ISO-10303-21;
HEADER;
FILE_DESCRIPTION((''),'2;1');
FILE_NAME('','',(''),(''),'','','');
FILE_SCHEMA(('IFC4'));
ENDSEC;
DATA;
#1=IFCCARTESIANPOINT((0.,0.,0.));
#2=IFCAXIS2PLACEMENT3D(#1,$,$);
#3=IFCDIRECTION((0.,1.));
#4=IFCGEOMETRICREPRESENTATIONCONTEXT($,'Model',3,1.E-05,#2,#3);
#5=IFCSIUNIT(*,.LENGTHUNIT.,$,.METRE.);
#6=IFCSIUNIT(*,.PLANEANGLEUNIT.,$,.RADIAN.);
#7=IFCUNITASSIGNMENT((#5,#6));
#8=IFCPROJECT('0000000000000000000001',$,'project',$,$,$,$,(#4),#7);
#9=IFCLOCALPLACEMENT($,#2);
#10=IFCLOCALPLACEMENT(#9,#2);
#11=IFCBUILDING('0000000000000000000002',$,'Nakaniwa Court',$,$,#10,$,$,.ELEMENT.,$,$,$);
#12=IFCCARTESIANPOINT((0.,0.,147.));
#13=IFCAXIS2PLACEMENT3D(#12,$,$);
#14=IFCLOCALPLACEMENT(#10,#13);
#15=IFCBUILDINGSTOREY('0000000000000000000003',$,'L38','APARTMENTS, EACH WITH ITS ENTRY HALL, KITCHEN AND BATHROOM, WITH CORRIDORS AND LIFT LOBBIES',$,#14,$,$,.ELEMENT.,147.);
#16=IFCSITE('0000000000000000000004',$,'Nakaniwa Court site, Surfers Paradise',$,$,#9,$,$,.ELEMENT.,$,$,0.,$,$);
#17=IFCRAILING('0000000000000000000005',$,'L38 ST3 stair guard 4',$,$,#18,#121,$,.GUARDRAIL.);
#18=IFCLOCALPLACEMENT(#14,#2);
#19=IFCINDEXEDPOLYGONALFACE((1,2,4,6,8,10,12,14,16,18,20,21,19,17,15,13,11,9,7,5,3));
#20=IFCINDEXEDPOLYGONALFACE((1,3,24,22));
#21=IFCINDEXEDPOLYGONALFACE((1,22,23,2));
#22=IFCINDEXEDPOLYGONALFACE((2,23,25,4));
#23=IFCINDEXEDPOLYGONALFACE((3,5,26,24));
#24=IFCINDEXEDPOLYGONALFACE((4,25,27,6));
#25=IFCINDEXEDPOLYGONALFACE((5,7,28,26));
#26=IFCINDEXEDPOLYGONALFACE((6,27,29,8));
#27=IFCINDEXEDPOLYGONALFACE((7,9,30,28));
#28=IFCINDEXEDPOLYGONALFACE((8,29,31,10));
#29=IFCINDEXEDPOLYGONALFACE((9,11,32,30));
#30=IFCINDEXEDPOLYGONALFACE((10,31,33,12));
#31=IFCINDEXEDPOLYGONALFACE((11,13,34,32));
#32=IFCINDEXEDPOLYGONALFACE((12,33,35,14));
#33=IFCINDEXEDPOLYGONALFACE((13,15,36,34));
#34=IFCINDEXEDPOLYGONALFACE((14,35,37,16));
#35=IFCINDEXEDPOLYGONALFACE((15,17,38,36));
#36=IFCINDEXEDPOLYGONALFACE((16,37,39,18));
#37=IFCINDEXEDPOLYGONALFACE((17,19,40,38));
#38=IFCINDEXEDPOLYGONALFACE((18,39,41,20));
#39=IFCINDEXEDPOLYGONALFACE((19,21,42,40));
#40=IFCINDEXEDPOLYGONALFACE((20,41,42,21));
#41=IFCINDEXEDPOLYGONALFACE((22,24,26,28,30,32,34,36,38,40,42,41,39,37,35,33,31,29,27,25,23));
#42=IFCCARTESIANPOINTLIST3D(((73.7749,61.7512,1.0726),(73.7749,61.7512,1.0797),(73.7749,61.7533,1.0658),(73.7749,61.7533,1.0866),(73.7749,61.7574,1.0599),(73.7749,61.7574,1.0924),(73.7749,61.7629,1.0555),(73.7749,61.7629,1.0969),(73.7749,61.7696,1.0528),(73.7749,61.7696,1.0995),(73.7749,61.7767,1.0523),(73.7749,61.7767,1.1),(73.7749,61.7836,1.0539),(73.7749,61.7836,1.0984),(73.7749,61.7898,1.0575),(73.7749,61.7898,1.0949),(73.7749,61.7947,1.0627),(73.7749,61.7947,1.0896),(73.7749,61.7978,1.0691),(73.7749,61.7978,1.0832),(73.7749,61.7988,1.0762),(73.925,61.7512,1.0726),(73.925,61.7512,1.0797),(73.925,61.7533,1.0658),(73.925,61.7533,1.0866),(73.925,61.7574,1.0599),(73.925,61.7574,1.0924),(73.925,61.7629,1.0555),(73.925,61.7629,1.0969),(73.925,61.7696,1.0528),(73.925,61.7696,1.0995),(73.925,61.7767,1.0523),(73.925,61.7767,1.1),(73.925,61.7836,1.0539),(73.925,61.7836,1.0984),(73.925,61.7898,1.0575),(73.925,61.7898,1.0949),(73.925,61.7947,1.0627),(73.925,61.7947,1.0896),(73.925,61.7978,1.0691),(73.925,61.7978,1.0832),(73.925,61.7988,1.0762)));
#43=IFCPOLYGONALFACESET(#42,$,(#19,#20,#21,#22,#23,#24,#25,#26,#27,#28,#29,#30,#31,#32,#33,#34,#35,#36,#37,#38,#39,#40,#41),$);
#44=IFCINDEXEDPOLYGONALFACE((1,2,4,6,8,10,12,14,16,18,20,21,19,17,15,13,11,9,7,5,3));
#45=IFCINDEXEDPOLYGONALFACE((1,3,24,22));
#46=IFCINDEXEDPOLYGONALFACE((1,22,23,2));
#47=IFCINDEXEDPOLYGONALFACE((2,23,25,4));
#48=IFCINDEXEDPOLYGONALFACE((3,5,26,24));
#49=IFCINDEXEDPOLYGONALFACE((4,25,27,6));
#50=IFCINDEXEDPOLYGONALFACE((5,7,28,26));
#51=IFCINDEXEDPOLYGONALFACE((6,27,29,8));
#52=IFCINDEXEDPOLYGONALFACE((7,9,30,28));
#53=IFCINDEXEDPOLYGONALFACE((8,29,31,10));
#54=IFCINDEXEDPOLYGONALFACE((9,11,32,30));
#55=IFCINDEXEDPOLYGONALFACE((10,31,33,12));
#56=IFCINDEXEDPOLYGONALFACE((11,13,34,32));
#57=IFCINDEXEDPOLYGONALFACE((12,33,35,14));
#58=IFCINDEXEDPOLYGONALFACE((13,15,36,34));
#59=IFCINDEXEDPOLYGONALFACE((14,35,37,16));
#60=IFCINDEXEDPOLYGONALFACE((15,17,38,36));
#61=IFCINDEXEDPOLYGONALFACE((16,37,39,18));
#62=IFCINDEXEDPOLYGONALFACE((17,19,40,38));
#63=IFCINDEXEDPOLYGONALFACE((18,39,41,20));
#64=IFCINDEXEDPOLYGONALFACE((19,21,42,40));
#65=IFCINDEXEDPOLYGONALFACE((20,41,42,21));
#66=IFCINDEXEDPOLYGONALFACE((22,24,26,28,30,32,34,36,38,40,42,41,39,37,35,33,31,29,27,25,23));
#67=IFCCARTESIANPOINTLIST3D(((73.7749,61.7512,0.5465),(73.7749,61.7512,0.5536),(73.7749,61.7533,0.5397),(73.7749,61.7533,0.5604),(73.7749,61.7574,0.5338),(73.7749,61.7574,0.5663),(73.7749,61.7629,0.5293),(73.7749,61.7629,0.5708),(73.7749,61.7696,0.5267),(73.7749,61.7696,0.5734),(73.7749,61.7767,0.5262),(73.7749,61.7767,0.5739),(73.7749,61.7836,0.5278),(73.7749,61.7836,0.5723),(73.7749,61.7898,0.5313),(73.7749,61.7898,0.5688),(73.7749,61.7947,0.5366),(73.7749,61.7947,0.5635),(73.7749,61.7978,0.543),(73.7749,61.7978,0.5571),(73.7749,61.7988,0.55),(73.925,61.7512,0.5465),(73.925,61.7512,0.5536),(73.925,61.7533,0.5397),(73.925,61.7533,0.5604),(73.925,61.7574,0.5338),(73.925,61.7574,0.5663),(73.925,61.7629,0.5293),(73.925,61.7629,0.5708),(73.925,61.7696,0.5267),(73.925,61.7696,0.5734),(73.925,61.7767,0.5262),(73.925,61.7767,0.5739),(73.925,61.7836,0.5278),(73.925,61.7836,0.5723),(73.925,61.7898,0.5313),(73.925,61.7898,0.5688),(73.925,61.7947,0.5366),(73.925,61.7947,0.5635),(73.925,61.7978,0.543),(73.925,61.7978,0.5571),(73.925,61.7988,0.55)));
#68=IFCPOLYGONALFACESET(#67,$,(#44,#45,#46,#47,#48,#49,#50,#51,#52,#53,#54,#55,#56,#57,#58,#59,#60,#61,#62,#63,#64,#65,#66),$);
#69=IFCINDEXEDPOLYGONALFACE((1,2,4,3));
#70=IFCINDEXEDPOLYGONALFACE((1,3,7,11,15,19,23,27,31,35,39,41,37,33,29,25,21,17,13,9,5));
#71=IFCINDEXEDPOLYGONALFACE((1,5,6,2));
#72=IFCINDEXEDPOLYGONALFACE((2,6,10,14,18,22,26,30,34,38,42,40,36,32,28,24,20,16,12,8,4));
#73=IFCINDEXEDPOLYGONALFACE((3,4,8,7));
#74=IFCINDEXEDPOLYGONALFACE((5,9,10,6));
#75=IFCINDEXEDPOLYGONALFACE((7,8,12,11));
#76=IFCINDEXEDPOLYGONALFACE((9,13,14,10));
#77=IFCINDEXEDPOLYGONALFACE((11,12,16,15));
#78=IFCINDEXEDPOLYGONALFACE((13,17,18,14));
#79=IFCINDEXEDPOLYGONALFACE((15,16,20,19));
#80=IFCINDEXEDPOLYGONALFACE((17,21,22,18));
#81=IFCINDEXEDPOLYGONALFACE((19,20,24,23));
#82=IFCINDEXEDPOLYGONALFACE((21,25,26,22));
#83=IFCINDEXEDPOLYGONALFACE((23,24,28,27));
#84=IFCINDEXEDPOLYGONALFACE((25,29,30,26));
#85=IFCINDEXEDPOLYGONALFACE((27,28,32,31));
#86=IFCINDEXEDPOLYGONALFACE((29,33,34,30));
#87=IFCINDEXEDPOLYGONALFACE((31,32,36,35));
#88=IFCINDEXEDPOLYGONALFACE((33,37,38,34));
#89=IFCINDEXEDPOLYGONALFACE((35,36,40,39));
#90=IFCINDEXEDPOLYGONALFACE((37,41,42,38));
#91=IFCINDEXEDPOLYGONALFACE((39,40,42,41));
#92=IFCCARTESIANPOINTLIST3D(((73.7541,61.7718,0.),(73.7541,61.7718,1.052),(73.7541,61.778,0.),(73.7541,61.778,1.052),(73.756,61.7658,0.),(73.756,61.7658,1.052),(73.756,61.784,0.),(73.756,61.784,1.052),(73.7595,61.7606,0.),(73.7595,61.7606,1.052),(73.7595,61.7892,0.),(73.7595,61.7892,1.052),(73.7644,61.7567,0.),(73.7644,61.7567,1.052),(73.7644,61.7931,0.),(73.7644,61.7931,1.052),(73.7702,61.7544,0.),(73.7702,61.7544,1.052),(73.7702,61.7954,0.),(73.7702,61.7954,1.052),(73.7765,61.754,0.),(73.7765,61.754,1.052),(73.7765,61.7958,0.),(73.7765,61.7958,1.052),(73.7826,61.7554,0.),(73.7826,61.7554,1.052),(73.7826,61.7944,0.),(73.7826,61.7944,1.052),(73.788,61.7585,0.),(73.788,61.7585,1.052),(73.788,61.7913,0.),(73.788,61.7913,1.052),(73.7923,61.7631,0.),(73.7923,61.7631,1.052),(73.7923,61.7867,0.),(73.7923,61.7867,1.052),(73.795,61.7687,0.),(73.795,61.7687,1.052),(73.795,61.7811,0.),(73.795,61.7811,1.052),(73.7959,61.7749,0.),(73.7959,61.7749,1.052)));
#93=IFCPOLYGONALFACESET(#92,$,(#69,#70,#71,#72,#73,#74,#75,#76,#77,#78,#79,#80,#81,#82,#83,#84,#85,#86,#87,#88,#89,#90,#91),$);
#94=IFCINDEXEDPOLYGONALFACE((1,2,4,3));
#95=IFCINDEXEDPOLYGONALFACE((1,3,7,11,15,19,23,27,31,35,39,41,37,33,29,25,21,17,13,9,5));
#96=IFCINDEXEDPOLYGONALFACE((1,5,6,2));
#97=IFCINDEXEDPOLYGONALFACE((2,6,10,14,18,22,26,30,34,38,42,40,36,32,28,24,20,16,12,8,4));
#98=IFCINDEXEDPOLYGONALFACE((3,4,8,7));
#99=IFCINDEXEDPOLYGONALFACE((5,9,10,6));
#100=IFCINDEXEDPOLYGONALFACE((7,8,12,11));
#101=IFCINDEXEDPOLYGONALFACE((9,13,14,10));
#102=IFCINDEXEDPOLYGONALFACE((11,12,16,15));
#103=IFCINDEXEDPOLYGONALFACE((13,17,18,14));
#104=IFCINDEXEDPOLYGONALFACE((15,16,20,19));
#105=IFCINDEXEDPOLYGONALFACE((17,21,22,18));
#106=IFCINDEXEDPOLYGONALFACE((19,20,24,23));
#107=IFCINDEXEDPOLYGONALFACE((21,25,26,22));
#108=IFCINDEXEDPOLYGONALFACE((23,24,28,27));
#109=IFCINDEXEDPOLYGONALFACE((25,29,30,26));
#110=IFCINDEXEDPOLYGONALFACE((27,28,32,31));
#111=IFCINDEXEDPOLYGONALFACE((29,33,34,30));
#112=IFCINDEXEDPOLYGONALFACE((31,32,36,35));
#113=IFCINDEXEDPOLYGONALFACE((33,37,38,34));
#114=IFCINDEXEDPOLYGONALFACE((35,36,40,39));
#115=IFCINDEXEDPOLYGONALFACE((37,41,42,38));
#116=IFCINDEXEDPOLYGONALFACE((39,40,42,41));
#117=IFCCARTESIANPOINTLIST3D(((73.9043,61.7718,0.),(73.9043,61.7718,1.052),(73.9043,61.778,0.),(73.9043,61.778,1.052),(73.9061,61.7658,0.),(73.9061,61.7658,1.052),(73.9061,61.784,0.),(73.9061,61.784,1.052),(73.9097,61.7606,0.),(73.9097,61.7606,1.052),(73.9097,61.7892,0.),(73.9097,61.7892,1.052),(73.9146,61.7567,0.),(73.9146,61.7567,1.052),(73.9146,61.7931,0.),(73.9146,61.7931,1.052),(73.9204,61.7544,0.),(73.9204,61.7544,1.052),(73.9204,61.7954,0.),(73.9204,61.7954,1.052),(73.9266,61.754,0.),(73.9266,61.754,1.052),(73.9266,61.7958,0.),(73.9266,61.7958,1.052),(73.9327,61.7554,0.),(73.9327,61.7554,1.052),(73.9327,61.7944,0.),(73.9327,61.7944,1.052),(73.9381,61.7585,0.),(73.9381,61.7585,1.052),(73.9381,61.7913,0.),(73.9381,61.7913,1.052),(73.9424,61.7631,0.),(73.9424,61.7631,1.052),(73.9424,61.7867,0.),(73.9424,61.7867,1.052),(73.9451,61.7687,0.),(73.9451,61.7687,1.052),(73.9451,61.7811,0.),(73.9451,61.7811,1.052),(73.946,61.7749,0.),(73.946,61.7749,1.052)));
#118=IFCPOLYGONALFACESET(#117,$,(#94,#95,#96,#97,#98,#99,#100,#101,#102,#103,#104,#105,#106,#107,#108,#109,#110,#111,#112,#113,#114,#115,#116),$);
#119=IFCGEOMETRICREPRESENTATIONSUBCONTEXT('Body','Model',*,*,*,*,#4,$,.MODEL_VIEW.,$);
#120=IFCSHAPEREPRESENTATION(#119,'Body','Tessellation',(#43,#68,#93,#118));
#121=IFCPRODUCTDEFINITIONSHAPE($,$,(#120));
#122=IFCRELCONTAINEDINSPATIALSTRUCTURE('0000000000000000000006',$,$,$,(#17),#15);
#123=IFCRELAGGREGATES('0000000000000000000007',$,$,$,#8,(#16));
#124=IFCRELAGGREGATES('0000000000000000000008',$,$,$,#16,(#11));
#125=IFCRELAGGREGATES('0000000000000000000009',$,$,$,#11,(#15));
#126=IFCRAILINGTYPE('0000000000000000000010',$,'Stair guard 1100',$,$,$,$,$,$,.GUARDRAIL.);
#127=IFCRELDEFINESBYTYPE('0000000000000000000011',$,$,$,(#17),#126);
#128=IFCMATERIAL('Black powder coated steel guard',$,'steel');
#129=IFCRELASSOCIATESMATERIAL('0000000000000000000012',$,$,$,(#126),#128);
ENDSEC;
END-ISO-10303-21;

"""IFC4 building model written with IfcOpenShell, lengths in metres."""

from ifc_helpers import new_model, si_unit, direction, frame, origin, origin_2d, place, context, subcontext, project, spatial, circle, extrude, material, type_object, element, save


model = new_model("IFC4")

# Units and contexts
model_context = context("Model", 3, precision=1e-05, world=origin(), true_north=direction((0.0, 1.0)))
body_context = subcontext(model_context, "Body", "Model", "MODEL_VIEW")
ifc_project = project(units=[si_unit("LENGTHUNIT", "METRE"), si_unit("PLANEANGLEUNIT", "RADIAN")], contexts=[model_context])

# Site, building, storey
site_placement = place(None, origin())
site = spatial("IfcSite", under=ifc_project, at=site_placement, Name="Nakaniwa Court site, Surfers Paradise", CompositionType="ELEMENT", RefElevation=0.0)
building_placement = place(site_placement, origin())
building = spatial("IfcBuilding", under=site, at=building_placement, Name="Nakaniwa Court", CompositionType="ELEMENT")
storey_placement = place(building_placement, frame((0.0, 0.0, 147.0)))
storey = spatial("IfcBuildingStorey", under=building, at=storey_placement, Name="L38", Description="APARTMENTS, EACH WITH ITS ENTRY HALL, KITCHEN AND BATHROOM, WITH CORRIDORS AND LIFT LOBBIES", CompositionType="ELEMENT", Elevation=147.0)

# Railing
ifc_material_1 = material(Name="Black powder coated steel guard", Category="steel")
railing_type_1 = type_object("IfcRailingType", Name="Stair guard 1100", PredefinedType="GUARDRAIL", material=ifc_material_1)
railing_1_placement = place(storey_placement, frame((73.7749, 61.7749, 0.0)))
element("IfcRailing", 1, at=railing_1_placement, inside=storey, type_object=railing_type_1, Name="L38 ST3 stair guard 4", PredefinedType="GUARDRAIL", context=body_context, shape_type="SweptSolid", body=[
    extrude(circle(Radius=0.0239, at=origin_2d()), frame((0.0, 0.0, 1.0762), z_axis=(1.0, 0.0, 0.0), x_axis=(0.0, 1.0, 0.0)), (0.0, 0.0, 1.0), 0.1501),
    extrude(circle(Radius=0.0239, at=origin_2d()), frame((0.0, 0.0, 0.55), z_axis=(1.0, 0.0, 0.0), x_axis=(0.0, 1.0, 0.0)), (0.0, 0.0, 1.0), 0.1501),
    extrude(circle(Radius=0.021, at=origin_2d()), origin(), (0.0, 0.0, 1.0), 1.052),
    extrude(circle(Radius=0.021, at=origin_2d()), frame((0.1501, 0.0, 0.0)), (0.0, 0.0, 1.0), 1.052),
])

save(model, "model.ifc")
